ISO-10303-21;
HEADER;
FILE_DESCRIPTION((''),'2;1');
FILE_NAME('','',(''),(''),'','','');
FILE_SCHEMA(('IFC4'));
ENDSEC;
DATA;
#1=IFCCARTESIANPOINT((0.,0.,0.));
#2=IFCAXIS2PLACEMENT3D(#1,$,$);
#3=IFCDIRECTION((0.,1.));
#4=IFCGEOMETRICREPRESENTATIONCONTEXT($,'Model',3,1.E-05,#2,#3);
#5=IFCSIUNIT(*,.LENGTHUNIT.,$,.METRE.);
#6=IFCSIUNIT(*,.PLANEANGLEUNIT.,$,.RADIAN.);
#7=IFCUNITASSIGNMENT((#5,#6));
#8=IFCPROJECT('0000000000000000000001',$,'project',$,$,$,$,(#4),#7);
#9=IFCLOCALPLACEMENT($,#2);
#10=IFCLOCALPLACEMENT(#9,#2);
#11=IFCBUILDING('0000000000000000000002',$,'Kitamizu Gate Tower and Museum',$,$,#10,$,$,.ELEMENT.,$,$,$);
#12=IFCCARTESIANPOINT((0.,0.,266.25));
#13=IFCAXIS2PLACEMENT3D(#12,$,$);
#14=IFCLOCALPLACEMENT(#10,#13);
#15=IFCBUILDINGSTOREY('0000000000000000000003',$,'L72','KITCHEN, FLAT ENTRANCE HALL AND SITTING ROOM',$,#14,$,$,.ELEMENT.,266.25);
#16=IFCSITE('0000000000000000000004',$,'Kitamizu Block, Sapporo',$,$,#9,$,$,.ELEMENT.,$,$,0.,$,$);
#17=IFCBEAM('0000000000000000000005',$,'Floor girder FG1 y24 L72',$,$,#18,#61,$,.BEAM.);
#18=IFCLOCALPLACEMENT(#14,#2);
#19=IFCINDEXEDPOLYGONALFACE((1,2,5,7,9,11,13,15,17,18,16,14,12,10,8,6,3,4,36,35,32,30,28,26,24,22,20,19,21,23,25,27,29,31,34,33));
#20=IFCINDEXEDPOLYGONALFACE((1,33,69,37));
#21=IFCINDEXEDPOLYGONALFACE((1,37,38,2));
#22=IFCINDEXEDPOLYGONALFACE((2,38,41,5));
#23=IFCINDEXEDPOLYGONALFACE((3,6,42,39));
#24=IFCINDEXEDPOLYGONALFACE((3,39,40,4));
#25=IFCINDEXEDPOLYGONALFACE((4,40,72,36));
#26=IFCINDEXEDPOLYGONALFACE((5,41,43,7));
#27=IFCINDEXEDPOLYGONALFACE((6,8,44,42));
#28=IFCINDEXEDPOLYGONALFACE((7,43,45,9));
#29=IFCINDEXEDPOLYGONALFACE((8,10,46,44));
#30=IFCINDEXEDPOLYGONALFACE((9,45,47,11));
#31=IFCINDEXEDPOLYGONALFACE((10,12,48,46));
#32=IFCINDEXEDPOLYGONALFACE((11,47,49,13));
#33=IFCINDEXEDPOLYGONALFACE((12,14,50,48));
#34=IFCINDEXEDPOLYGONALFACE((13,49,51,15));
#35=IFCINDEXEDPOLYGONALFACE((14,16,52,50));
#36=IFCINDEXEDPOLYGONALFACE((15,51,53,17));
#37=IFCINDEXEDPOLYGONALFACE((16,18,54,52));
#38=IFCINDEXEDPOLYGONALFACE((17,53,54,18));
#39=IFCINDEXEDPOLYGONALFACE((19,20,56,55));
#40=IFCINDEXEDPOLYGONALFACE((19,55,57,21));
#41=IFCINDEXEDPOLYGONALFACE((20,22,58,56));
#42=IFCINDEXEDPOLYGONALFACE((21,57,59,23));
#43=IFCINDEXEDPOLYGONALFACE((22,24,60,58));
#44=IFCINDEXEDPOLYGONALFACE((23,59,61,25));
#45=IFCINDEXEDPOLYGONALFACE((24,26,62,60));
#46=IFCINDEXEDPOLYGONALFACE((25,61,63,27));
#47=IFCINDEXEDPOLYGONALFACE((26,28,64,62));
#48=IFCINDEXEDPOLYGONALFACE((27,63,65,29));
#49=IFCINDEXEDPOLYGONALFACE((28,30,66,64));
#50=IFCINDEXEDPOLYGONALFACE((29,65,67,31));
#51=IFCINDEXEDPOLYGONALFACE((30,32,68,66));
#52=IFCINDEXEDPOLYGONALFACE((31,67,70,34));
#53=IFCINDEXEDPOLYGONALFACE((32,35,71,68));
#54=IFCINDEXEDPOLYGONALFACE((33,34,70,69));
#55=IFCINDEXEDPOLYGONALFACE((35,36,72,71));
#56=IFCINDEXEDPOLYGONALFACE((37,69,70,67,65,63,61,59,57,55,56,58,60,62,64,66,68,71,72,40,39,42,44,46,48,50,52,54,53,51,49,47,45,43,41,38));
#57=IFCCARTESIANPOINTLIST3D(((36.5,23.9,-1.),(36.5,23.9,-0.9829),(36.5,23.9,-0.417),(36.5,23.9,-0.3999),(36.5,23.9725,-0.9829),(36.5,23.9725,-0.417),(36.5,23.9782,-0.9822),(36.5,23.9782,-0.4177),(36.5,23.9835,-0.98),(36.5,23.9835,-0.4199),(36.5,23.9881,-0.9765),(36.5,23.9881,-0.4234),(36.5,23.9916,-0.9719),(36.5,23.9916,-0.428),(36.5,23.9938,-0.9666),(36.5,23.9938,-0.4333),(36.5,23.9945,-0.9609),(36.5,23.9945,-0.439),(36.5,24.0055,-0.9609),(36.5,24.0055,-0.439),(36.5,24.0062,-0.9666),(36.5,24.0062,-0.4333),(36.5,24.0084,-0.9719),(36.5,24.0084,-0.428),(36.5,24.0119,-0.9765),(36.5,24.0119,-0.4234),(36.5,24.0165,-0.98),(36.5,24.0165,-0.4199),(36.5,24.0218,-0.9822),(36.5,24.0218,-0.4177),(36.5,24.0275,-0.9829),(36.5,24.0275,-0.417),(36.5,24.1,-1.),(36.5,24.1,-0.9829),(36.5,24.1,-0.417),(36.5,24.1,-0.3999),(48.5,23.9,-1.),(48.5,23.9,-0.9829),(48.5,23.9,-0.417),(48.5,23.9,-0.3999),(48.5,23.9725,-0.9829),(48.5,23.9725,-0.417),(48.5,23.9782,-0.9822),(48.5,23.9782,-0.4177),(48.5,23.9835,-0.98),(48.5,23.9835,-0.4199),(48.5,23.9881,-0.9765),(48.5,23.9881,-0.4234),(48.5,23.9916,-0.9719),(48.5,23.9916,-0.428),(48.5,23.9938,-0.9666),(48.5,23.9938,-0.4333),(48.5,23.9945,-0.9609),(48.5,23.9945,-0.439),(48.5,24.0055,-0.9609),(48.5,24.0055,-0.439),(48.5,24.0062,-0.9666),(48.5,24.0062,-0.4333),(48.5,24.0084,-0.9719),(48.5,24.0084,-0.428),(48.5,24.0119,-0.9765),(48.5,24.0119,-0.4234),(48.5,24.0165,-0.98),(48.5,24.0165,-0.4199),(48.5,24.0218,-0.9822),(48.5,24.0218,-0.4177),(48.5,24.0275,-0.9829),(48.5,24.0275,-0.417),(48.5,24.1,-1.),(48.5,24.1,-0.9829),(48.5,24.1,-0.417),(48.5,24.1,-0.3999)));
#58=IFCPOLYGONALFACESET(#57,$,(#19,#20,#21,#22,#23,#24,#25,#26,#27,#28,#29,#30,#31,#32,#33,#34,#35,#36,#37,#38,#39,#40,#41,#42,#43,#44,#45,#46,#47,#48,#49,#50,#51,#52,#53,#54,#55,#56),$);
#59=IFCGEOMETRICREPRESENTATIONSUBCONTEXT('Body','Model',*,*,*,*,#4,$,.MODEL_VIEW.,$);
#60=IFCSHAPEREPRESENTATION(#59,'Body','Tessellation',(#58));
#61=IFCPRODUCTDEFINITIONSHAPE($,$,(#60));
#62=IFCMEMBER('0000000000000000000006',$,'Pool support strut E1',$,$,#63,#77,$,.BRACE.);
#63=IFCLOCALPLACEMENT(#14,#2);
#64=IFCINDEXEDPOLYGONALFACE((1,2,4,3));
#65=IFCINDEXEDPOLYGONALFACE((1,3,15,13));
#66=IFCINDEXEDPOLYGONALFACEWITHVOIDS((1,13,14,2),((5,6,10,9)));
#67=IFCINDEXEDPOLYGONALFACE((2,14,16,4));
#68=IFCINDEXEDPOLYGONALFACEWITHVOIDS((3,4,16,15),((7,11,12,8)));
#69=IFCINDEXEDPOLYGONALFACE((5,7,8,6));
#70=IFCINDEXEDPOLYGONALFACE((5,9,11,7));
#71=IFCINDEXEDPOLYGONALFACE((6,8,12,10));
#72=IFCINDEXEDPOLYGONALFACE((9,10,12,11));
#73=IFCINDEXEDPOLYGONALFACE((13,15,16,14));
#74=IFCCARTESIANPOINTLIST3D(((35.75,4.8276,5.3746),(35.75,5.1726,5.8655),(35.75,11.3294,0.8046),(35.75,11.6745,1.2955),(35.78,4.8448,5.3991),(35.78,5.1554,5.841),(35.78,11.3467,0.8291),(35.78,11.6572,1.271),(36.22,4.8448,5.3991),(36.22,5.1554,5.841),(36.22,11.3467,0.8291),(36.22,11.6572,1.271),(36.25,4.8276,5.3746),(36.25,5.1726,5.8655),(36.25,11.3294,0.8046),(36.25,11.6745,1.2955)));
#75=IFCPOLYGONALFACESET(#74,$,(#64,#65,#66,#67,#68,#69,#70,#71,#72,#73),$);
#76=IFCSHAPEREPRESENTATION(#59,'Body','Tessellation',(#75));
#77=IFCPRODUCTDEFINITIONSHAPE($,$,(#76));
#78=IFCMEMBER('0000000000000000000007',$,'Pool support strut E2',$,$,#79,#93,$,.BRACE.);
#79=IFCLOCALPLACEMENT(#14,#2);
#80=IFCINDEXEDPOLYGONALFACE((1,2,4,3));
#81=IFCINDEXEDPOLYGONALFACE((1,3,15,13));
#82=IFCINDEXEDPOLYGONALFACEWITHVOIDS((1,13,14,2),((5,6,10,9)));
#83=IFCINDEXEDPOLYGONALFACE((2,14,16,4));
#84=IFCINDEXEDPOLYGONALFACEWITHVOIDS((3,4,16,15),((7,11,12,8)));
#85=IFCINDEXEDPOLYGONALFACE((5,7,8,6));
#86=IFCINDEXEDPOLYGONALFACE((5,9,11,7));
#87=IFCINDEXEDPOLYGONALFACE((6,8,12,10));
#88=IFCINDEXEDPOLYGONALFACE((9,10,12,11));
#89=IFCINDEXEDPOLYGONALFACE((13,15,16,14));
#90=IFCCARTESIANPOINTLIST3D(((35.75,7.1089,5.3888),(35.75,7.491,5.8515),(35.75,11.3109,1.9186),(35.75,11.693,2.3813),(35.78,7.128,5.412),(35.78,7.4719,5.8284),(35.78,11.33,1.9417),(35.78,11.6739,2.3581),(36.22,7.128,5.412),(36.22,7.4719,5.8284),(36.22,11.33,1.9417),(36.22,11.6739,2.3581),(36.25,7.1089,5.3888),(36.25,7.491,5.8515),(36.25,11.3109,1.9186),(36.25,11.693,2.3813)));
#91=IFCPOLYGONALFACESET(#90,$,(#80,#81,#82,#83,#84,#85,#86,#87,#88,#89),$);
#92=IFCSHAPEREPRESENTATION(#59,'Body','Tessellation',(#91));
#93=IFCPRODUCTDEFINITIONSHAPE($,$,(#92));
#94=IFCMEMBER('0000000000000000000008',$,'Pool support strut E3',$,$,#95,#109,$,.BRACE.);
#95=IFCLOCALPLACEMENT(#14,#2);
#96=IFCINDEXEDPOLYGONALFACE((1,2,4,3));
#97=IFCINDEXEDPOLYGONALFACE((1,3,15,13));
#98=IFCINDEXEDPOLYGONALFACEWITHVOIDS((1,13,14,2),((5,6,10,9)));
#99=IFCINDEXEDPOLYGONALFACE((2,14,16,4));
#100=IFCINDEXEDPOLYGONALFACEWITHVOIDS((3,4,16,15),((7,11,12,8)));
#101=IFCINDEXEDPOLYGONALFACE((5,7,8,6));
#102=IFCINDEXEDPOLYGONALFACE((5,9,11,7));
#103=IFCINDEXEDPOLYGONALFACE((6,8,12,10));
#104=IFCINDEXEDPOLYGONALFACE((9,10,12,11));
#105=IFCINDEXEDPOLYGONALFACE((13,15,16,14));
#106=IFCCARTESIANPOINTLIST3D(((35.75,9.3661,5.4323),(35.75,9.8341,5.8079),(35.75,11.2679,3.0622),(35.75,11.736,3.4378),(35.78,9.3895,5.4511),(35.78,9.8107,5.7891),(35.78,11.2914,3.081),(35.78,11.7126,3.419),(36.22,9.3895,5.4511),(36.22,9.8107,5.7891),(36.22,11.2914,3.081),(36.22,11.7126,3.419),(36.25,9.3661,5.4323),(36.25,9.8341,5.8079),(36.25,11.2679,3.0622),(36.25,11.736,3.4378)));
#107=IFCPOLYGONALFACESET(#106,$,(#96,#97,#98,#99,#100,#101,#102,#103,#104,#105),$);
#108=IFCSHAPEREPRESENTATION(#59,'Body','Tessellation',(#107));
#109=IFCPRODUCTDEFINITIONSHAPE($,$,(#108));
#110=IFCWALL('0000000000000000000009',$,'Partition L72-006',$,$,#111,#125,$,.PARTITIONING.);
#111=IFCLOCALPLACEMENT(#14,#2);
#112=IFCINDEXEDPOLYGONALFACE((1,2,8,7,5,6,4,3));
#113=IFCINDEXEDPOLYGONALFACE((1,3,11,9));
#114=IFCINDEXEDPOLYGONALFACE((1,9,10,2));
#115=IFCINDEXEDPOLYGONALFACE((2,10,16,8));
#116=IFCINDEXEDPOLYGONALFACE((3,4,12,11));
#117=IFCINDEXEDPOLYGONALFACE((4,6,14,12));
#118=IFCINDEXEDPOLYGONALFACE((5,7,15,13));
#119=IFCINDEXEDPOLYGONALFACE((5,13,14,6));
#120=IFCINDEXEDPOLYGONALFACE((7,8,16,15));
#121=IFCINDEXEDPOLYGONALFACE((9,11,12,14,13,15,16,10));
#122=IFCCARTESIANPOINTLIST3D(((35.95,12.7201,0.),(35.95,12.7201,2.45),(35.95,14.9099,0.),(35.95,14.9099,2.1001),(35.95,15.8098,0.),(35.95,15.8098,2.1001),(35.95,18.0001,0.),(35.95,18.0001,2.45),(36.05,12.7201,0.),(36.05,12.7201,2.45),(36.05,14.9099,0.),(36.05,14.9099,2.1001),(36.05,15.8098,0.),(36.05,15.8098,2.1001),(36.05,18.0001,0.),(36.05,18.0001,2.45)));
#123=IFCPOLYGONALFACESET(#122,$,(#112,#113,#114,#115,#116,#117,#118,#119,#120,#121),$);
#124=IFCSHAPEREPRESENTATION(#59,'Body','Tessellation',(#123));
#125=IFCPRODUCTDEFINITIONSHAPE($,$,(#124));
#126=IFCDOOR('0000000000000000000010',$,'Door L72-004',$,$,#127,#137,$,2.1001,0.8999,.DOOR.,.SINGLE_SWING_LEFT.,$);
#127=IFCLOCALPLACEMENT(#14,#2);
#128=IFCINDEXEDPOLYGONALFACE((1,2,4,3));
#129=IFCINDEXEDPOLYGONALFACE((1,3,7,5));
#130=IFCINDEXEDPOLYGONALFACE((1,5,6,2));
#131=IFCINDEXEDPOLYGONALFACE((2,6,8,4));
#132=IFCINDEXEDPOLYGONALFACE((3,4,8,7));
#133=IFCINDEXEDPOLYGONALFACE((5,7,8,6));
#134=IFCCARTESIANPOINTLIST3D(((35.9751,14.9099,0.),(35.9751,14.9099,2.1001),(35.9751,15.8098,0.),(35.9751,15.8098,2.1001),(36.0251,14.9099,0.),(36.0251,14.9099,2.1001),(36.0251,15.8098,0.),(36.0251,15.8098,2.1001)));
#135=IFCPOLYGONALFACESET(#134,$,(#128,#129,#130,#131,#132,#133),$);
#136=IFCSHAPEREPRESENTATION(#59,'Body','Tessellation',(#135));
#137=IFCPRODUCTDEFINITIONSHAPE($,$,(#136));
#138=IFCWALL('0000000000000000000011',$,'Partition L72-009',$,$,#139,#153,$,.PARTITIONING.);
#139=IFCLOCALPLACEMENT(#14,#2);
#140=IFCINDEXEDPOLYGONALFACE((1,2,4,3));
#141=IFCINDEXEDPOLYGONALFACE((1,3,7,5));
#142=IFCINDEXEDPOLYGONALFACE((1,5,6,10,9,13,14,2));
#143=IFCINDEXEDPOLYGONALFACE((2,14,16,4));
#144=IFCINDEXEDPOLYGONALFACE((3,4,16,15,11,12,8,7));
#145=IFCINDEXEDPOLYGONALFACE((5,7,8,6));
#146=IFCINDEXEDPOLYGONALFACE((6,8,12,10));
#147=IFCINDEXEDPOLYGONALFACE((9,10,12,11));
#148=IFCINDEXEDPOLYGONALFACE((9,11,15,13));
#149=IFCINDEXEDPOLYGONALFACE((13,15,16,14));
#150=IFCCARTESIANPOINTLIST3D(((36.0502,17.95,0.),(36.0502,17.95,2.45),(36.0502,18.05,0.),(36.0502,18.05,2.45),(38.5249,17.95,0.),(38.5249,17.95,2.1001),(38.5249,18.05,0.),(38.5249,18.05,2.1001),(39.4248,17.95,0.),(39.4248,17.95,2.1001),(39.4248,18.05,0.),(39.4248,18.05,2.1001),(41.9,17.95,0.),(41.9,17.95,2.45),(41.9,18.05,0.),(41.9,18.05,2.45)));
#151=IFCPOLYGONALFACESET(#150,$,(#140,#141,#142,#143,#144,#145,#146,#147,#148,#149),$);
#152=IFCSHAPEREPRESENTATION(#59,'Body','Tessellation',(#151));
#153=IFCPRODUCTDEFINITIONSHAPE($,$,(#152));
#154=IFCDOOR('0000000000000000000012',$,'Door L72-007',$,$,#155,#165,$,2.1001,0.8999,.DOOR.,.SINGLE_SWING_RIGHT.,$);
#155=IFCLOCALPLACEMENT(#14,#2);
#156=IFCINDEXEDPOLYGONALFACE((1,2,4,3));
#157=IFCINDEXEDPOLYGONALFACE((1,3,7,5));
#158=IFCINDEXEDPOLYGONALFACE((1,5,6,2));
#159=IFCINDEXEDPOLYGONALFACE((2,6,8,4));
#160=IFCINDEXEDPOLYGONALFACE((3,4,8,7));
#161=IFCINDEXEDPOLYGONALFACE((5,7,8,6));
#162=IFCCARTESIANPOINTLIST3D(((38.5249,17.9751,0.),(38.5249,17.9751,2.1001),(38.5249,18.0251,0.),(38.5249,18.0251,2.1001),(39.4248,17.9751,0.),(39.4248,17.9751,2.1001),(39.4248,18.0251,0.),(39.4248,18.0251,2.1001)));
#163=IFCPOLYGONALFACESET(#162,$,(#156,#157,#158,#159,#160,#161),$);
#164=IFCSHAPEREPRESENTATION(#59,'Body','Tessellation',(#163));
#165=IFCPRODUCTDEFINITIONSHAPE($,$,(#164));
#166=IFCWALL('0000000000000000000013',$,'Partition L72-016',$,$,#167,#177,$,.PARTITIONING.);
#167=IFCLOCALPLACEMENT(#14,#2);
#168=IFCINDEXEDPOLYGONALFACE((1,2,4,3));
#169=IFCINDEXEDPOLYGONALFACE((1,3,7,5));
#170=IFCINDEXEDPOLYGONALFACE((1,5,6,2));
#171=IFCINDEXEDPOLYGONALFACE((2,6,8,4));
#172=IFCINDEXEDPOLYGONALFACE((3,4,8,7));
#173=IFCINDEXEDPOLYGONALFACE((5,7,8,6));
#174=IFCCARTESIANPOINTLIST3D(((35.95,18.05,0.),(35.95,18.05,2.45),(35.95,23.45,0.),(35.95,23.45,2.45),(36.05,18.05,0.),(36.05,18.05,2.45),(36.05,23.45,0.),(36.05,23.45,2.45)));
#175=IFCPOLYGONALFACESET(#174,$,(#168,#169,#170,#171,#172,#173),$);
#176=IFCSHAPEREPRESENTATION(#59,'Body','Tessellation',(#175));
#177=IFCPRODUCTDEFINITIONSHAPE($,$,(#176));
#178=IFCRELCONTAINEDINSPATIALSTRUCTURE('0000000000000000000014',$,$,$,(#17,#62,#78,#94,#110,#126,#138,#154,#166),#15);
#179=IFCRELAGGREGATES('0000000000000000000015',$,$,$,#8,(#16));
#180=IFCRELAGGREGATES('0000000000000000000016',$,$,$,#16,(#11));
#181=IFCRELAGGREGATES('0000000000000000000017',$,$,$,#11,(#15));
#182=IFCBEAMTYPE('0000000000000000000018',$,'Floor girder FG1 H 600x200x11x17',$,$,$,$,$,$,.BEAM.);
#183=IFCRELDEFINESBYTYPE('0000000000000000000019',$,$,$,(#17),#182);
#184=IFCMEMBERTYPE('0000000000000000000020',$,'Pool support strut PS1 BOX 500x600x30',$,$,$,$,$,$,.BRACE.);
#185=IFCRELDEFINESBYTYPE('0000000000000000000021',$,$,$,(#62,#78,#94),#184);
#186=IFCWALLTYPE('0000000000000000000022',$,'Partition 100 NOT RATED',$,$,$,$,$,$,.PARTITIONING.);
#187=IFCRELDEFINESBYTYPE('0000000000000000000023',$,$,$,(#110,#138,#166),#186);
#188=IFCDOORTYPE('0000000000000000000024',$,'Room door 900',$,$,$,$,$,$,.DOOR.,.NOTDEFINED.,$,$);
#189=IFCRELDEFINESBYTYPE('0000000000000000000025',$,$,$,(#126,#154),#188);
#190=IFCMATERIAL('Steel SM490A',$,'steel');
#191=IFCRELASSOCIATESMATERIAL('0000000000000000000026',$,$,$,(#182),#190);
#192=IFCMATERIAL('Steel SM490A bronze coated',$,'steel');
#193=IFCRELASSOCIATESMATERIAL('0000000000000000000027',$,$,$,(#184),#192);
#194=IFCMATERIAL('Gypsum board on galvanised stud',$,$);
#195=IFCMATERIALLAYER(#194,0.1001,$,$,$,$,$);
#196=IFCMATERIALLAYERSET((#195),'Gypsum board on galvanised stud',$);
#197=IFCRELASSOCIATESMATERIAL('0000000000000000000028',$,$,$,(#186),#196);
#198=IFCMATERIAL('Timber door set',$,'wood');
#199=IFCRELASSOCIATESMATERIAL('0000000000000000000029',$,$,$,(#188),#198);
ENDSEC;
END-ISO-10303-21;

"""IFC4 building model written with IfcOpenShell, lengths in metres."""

from ifc_helpers import new_model, si_unit, direction, frame, frame_2d, origin, origin_2d, place, context, subcontext, project, spatial, rectangle, hollow_rectangle, i_section, extrude, material, layer, layer_set, material_profile, profile_set, type_object, element, fill, save


model = new_model("IFC4")

# Units and contexts
model_context = context("Model", 3, precision=1e-05, world=origin(), true_north=direction((0.0, 1.0)))
body_context = subcontext(model_context, "Body", "Model", "MODEL_VIEW")
ifc_project = project(units=[si_unit("LENGTHUNIT", "METRE"), si_unit("PLANEANGLEUNIT", "RADIAN")], contexts=[model_context])

# Site, building, storey
site_placement = place(None, origin())
site = spatial("IfcSite", under=ifc_project, at=site_placement, Name="Kitamizu Block, Sapporo", CompositionType="ELEMENT", RefElevation=0.0)
building_placement = place(site_placement, origin())
building = spatial("IfcBuilding", under=site, at=building_placement, Name="Kitamizu Gate Tower and Museum", CompositionType="ELEMENT")
storey_placement = place(building_placement, frame((0.0, 0.0, 266.25)))
storey = spatial("IfcBuildingStorey", under=building, at=storey_placement, Name="L72", Description="KITCHEN, FLAT ENTRANCE HALL AND SITTING ROOM", CompositionType="ELEMENT", Elevation=266.25)

# Beam
ifc_material_1 = material(Name="Steel SM490A", Category="steel")
ifc_material_profile_1 = material_profile(ifc_material_1, i_section(OverallWidth=0.2, OverallDepth=0.6001, WebThickness=0.011, FlangeThickness=0.0171, FilletRadius=0.022, at=origin_2d()), Name="H-600x200x11x17")
ifc_profile_set_1 = profile_set([ifc_material_profile_1], Name="Steel SM490A")
beam_type_1 = type_object("IfcBeamType", Name="Floor girder FG1 H 600x200x11x17", PredefinedType="BEAM", material=ifc_profile_set_1)
beam_1_placement = place(storey_placement, frame((36.5, 24.0, -0.7), z_axis=(1.0, 0.0, 0.0), x_axis=(0.0, 1.0, 0.0)))
element("IfcBeam", 1, at=beam_1_placement, inside=storey, type_object=beam_type_1, Name="Floor girder FG1 y24 L72", PredefinedType="BEAM", context=body_context, shape_type="SweptSolid", body=[
    extrude(i_section(OverallWidth=0.2, OverallDepth=0.6001, WebThickness=0.011, FlangeThickness=0.0171, FilletRadius=0.022, at=origin_2d()), origin(), (0.0, 0.0, 1.0), 12.0),
])

# Members
ifc_material_2 = material(Name="Steel SM490A bronze coated", Category="steel")
ifc_material_profile_2 = material_profile(ifc_material_2, hollow_rectangle(XDim=0.5, YDim=0.6001, WallThickness=0.03, at=origin_2d()), Name="BOX 500x600x30")
ifc_profile_set_2 = profile_set([ifc_material_profile_2], Name="Steel SM490A bronze coated")
member_type = type_object("IfcMemberType", Name="Pool support strut PS1 BOX 500x600x30", PredefinedType="BRACE", material=ifc_profile_set_2)
member_1_placement = place(storey_placement, frame((36.0, 11.502, 1.05), z_axis=(0.0, -0.818125, 0.575041), x_axis=(1.0, 0.0, 0.0)))
element("IfcMember", 2, at=member_1_placement, inside=storey, type_object=member_type, Name="Pool support strut E1", PredefinedType="BRACE", context=body_context, shape_type="SweptSolid", body=[
    extrude(hollow_rectangle(XDim=0.5, YDim=0.6001, WallThickness=0.03, at=origin_2d()), origin(), (0.0, 0.0, 1.0), 7.9473),
])
member_2_placement = place(storey_placement, frame((36.0, 11.502, 2.1499), z_axis=(0.0, -0.771045, 0.636781), x_axis=(1.0, 0.0, 0.0)))
element("IfcMember", 3, at=member_2_placement, inside=storey, type_object=member_type, Name="Pool support strut E2", PredefinedType="BRACE", context=body_context, shape_type="SweptSolid", body=[
    extrude(hollow_rectangle(XDim=0.5, YDim=0.6001, WallThickness=0.03, at=origin_2d()), origin(), (0.0, 0.0, 1.0), 5.4497),
])
member_3_placement = place(storey_placement, frame((36.0, 11.502, 3.25), z_axis=(0.0, -0.62585, 0.779943), x_axis=(1.0, 0.0, 0.0)))
element("IfcMember", 4, at=member_3_placement, inside=storey, type_object=member_type, Name="Pool support strut E3", PredefinedType="BRACE", context=body_context, shape_type="SweptSolid", body=[
    extrude(hollow_rectangle(XDim=0.5, YDim=0.6001, WallThickness=0.03, at=origin_2d()), origin(), (0.0, 0.0, 1.0), 3.0388),
])

# Walls, openings, doors
ifc_material_3 = material(Name="Gypsum board on galvanised stud")
ifc_layer_1 = layer(ifc_material_3, 0.1001)
ifc_layer_set_1 = layer_set([ifc_layer_1], Name="Gypsum board on galvanised stud")
wall_type_1 = type_object("IfcWallType", Name="Partition 100 NOT RATED", PredefinedType="PARTITIONING", material=ifc_layer_set_1)
wall_1_placement = place(storey_placement, frame((36.0, 12.72, 0.0), z_axis=(0.0, 0.0, 1.0), x_axis=(0.0, 1.0, 0.0)))
wall_1 = element("IfcWall", 5, at=wall_1_placement, inside=storey, type_object=wall_type_1, Name="Partition L72-006", PredefinedType="PARTITIONING", context=body_context, shape_type="SweptSolid", body=[
    extrude(rectangle(XDim=5.28, YDim=0.1001, at=frame_2d((2.6401, 0.0))), origin(), (0.0, 0.0, 1.0), 2.45),
])
opening_1_placement = place(wall_1_placement, frame((2.1899, 0.0, 0.0)))
opening_1 = element("IfcOpeningElement", 6, at=opening_1_placement, cuts=wall_1, PredefinedType="OPENING", context=body_context, shape_type="SweptSolid", body=[
    extrude(rectangle(XDim=0.8999, YDim=2.1001, at=frame_2d((0.45, 1.05))), frame((0.0, 0.0601, 0.0), z_axis=(0.0, -1.0, 0.0), x_axis=(1.0, 0.0, 0.0)), (0.0, 0.0, 1.0), 0.1201),
])
ifc_material_4 = material(Name="Timber door set", Category="wood")
door_type_1 = type_object("IfcDoorType", Name="Room door 900", OperationType="NOTDEFINED", PredefinedType="DOOR", material=ifc_material_4)
door_1_placement = place(opening_1_placement, origin())
door_1 = element("IfcDoor", 7, at=door_1_placement, inside=storey, type_object=door_type_1, Name="Door L72-004", OperationType="SINGLE_SWING_LEFT", OverallHeight=2.1001, OverallWidth=0.8999, PredefinedType="DOOR", context=body_context, shape_type="SweptSolid", body=[
    extrude(rectangle(XDim=0.8999, YDim=2.1001, at=frame_2d((0.45, 1.05))), frame((0.0, 0.0249, 0.0), z_axis=(0.0, -1.0, 0.0), x_axis=(1.0, 0.0, 0.0)), (0.0, 0.0, 1.0), 0.05),
])
fill(opening_1, door_1)
wall_2_placement = place(storey_placement, frame((41.8999, 18.0, 0.0), z_axis=(0.0, 0.0, 1.0), x_axis=(-1.0, 0.0, 0.0)))
wall_2 = element("IfcWall", 8, at=wall_2_placement, inside=storey, type_object=wall_type_1, Name="Partition L72-009", PredefinedType="PARTITIONING", context=body_context, shape_type="SweptSolid", body=[
    extrude(rectangle(XDim=5.8499, YDim=0.1001, at=frame_2d((2.9248, 0.0))), origin(), (0.0, 0.0, 1.0), 2.45),
])
opening_2_placement = place(wall_2_placement, frame((2.4751, 0.0, 0.0)))
opening_2 = element("IfcOpeningElement", 9, at=opening_2_placement, cuts=wall_2, PredefinedType="OPENING", context=body_context, shape_type="SweptSolid", body=[
    extrude(rectangle(XDim=0.8999, YDim=2.1001, at=frame_2d((0.45, 1.05))), frame((0.0, 0.0601, 0.0), z_axis=(0.0, -1.0, 0.0), x_axis=(1.0, 0.0, 0.0)), (0.0, 0.0, 1.0), 0.1201),
])
door_2_placement = place(opening_2_placement, origin())
door_2 = element("IfcDoor", 10, at=door_2_placement, inside=storey, type_object=door_type_1, Name="Door L72-007", OperationType="SINGLE_SWING_RIGHT", OverallHeight=2.1001, OverallWidth=0.8999, PredefinedType="DOOR", context=body_context, shape_type="SweptSolid", body=[
    extrude(rectangle(XDim=0.8999, YDim=2.1001, at=frame_2d((0.45, 1.05))), frame((0.0, 0.0249, 0.0), z_axis=(0.0, -1.0, 0.0), x_axis=(1.0, 0.0, 0.0)), (0.0, 0.0, 1.0), 0.05),
])
fill(opening_2, door_2)

# Wall
wall_3_placement = place(storey_placement, frame((36.0, 18.05, 0.0), z_axis=(0.0, 0.0, 1.0), x_axis=(0.0, 1.0, 0.0)))
element("IfcWall", 11, at=wall_3_placement, inside=storey, type_object=wall_type_1, Name="Partition L72-016", PredefinedType="PARTITIONING", context=body_context, shape_type="SweptSolid", body=[
    extrude(rectangle(XDim=5.3999, YDim=0.1001, at=frame_2d((2.7, 0.0))), origin(), (0.0, 0.0, 1.0), 2.45),
])

save(model, "model.ifc")
